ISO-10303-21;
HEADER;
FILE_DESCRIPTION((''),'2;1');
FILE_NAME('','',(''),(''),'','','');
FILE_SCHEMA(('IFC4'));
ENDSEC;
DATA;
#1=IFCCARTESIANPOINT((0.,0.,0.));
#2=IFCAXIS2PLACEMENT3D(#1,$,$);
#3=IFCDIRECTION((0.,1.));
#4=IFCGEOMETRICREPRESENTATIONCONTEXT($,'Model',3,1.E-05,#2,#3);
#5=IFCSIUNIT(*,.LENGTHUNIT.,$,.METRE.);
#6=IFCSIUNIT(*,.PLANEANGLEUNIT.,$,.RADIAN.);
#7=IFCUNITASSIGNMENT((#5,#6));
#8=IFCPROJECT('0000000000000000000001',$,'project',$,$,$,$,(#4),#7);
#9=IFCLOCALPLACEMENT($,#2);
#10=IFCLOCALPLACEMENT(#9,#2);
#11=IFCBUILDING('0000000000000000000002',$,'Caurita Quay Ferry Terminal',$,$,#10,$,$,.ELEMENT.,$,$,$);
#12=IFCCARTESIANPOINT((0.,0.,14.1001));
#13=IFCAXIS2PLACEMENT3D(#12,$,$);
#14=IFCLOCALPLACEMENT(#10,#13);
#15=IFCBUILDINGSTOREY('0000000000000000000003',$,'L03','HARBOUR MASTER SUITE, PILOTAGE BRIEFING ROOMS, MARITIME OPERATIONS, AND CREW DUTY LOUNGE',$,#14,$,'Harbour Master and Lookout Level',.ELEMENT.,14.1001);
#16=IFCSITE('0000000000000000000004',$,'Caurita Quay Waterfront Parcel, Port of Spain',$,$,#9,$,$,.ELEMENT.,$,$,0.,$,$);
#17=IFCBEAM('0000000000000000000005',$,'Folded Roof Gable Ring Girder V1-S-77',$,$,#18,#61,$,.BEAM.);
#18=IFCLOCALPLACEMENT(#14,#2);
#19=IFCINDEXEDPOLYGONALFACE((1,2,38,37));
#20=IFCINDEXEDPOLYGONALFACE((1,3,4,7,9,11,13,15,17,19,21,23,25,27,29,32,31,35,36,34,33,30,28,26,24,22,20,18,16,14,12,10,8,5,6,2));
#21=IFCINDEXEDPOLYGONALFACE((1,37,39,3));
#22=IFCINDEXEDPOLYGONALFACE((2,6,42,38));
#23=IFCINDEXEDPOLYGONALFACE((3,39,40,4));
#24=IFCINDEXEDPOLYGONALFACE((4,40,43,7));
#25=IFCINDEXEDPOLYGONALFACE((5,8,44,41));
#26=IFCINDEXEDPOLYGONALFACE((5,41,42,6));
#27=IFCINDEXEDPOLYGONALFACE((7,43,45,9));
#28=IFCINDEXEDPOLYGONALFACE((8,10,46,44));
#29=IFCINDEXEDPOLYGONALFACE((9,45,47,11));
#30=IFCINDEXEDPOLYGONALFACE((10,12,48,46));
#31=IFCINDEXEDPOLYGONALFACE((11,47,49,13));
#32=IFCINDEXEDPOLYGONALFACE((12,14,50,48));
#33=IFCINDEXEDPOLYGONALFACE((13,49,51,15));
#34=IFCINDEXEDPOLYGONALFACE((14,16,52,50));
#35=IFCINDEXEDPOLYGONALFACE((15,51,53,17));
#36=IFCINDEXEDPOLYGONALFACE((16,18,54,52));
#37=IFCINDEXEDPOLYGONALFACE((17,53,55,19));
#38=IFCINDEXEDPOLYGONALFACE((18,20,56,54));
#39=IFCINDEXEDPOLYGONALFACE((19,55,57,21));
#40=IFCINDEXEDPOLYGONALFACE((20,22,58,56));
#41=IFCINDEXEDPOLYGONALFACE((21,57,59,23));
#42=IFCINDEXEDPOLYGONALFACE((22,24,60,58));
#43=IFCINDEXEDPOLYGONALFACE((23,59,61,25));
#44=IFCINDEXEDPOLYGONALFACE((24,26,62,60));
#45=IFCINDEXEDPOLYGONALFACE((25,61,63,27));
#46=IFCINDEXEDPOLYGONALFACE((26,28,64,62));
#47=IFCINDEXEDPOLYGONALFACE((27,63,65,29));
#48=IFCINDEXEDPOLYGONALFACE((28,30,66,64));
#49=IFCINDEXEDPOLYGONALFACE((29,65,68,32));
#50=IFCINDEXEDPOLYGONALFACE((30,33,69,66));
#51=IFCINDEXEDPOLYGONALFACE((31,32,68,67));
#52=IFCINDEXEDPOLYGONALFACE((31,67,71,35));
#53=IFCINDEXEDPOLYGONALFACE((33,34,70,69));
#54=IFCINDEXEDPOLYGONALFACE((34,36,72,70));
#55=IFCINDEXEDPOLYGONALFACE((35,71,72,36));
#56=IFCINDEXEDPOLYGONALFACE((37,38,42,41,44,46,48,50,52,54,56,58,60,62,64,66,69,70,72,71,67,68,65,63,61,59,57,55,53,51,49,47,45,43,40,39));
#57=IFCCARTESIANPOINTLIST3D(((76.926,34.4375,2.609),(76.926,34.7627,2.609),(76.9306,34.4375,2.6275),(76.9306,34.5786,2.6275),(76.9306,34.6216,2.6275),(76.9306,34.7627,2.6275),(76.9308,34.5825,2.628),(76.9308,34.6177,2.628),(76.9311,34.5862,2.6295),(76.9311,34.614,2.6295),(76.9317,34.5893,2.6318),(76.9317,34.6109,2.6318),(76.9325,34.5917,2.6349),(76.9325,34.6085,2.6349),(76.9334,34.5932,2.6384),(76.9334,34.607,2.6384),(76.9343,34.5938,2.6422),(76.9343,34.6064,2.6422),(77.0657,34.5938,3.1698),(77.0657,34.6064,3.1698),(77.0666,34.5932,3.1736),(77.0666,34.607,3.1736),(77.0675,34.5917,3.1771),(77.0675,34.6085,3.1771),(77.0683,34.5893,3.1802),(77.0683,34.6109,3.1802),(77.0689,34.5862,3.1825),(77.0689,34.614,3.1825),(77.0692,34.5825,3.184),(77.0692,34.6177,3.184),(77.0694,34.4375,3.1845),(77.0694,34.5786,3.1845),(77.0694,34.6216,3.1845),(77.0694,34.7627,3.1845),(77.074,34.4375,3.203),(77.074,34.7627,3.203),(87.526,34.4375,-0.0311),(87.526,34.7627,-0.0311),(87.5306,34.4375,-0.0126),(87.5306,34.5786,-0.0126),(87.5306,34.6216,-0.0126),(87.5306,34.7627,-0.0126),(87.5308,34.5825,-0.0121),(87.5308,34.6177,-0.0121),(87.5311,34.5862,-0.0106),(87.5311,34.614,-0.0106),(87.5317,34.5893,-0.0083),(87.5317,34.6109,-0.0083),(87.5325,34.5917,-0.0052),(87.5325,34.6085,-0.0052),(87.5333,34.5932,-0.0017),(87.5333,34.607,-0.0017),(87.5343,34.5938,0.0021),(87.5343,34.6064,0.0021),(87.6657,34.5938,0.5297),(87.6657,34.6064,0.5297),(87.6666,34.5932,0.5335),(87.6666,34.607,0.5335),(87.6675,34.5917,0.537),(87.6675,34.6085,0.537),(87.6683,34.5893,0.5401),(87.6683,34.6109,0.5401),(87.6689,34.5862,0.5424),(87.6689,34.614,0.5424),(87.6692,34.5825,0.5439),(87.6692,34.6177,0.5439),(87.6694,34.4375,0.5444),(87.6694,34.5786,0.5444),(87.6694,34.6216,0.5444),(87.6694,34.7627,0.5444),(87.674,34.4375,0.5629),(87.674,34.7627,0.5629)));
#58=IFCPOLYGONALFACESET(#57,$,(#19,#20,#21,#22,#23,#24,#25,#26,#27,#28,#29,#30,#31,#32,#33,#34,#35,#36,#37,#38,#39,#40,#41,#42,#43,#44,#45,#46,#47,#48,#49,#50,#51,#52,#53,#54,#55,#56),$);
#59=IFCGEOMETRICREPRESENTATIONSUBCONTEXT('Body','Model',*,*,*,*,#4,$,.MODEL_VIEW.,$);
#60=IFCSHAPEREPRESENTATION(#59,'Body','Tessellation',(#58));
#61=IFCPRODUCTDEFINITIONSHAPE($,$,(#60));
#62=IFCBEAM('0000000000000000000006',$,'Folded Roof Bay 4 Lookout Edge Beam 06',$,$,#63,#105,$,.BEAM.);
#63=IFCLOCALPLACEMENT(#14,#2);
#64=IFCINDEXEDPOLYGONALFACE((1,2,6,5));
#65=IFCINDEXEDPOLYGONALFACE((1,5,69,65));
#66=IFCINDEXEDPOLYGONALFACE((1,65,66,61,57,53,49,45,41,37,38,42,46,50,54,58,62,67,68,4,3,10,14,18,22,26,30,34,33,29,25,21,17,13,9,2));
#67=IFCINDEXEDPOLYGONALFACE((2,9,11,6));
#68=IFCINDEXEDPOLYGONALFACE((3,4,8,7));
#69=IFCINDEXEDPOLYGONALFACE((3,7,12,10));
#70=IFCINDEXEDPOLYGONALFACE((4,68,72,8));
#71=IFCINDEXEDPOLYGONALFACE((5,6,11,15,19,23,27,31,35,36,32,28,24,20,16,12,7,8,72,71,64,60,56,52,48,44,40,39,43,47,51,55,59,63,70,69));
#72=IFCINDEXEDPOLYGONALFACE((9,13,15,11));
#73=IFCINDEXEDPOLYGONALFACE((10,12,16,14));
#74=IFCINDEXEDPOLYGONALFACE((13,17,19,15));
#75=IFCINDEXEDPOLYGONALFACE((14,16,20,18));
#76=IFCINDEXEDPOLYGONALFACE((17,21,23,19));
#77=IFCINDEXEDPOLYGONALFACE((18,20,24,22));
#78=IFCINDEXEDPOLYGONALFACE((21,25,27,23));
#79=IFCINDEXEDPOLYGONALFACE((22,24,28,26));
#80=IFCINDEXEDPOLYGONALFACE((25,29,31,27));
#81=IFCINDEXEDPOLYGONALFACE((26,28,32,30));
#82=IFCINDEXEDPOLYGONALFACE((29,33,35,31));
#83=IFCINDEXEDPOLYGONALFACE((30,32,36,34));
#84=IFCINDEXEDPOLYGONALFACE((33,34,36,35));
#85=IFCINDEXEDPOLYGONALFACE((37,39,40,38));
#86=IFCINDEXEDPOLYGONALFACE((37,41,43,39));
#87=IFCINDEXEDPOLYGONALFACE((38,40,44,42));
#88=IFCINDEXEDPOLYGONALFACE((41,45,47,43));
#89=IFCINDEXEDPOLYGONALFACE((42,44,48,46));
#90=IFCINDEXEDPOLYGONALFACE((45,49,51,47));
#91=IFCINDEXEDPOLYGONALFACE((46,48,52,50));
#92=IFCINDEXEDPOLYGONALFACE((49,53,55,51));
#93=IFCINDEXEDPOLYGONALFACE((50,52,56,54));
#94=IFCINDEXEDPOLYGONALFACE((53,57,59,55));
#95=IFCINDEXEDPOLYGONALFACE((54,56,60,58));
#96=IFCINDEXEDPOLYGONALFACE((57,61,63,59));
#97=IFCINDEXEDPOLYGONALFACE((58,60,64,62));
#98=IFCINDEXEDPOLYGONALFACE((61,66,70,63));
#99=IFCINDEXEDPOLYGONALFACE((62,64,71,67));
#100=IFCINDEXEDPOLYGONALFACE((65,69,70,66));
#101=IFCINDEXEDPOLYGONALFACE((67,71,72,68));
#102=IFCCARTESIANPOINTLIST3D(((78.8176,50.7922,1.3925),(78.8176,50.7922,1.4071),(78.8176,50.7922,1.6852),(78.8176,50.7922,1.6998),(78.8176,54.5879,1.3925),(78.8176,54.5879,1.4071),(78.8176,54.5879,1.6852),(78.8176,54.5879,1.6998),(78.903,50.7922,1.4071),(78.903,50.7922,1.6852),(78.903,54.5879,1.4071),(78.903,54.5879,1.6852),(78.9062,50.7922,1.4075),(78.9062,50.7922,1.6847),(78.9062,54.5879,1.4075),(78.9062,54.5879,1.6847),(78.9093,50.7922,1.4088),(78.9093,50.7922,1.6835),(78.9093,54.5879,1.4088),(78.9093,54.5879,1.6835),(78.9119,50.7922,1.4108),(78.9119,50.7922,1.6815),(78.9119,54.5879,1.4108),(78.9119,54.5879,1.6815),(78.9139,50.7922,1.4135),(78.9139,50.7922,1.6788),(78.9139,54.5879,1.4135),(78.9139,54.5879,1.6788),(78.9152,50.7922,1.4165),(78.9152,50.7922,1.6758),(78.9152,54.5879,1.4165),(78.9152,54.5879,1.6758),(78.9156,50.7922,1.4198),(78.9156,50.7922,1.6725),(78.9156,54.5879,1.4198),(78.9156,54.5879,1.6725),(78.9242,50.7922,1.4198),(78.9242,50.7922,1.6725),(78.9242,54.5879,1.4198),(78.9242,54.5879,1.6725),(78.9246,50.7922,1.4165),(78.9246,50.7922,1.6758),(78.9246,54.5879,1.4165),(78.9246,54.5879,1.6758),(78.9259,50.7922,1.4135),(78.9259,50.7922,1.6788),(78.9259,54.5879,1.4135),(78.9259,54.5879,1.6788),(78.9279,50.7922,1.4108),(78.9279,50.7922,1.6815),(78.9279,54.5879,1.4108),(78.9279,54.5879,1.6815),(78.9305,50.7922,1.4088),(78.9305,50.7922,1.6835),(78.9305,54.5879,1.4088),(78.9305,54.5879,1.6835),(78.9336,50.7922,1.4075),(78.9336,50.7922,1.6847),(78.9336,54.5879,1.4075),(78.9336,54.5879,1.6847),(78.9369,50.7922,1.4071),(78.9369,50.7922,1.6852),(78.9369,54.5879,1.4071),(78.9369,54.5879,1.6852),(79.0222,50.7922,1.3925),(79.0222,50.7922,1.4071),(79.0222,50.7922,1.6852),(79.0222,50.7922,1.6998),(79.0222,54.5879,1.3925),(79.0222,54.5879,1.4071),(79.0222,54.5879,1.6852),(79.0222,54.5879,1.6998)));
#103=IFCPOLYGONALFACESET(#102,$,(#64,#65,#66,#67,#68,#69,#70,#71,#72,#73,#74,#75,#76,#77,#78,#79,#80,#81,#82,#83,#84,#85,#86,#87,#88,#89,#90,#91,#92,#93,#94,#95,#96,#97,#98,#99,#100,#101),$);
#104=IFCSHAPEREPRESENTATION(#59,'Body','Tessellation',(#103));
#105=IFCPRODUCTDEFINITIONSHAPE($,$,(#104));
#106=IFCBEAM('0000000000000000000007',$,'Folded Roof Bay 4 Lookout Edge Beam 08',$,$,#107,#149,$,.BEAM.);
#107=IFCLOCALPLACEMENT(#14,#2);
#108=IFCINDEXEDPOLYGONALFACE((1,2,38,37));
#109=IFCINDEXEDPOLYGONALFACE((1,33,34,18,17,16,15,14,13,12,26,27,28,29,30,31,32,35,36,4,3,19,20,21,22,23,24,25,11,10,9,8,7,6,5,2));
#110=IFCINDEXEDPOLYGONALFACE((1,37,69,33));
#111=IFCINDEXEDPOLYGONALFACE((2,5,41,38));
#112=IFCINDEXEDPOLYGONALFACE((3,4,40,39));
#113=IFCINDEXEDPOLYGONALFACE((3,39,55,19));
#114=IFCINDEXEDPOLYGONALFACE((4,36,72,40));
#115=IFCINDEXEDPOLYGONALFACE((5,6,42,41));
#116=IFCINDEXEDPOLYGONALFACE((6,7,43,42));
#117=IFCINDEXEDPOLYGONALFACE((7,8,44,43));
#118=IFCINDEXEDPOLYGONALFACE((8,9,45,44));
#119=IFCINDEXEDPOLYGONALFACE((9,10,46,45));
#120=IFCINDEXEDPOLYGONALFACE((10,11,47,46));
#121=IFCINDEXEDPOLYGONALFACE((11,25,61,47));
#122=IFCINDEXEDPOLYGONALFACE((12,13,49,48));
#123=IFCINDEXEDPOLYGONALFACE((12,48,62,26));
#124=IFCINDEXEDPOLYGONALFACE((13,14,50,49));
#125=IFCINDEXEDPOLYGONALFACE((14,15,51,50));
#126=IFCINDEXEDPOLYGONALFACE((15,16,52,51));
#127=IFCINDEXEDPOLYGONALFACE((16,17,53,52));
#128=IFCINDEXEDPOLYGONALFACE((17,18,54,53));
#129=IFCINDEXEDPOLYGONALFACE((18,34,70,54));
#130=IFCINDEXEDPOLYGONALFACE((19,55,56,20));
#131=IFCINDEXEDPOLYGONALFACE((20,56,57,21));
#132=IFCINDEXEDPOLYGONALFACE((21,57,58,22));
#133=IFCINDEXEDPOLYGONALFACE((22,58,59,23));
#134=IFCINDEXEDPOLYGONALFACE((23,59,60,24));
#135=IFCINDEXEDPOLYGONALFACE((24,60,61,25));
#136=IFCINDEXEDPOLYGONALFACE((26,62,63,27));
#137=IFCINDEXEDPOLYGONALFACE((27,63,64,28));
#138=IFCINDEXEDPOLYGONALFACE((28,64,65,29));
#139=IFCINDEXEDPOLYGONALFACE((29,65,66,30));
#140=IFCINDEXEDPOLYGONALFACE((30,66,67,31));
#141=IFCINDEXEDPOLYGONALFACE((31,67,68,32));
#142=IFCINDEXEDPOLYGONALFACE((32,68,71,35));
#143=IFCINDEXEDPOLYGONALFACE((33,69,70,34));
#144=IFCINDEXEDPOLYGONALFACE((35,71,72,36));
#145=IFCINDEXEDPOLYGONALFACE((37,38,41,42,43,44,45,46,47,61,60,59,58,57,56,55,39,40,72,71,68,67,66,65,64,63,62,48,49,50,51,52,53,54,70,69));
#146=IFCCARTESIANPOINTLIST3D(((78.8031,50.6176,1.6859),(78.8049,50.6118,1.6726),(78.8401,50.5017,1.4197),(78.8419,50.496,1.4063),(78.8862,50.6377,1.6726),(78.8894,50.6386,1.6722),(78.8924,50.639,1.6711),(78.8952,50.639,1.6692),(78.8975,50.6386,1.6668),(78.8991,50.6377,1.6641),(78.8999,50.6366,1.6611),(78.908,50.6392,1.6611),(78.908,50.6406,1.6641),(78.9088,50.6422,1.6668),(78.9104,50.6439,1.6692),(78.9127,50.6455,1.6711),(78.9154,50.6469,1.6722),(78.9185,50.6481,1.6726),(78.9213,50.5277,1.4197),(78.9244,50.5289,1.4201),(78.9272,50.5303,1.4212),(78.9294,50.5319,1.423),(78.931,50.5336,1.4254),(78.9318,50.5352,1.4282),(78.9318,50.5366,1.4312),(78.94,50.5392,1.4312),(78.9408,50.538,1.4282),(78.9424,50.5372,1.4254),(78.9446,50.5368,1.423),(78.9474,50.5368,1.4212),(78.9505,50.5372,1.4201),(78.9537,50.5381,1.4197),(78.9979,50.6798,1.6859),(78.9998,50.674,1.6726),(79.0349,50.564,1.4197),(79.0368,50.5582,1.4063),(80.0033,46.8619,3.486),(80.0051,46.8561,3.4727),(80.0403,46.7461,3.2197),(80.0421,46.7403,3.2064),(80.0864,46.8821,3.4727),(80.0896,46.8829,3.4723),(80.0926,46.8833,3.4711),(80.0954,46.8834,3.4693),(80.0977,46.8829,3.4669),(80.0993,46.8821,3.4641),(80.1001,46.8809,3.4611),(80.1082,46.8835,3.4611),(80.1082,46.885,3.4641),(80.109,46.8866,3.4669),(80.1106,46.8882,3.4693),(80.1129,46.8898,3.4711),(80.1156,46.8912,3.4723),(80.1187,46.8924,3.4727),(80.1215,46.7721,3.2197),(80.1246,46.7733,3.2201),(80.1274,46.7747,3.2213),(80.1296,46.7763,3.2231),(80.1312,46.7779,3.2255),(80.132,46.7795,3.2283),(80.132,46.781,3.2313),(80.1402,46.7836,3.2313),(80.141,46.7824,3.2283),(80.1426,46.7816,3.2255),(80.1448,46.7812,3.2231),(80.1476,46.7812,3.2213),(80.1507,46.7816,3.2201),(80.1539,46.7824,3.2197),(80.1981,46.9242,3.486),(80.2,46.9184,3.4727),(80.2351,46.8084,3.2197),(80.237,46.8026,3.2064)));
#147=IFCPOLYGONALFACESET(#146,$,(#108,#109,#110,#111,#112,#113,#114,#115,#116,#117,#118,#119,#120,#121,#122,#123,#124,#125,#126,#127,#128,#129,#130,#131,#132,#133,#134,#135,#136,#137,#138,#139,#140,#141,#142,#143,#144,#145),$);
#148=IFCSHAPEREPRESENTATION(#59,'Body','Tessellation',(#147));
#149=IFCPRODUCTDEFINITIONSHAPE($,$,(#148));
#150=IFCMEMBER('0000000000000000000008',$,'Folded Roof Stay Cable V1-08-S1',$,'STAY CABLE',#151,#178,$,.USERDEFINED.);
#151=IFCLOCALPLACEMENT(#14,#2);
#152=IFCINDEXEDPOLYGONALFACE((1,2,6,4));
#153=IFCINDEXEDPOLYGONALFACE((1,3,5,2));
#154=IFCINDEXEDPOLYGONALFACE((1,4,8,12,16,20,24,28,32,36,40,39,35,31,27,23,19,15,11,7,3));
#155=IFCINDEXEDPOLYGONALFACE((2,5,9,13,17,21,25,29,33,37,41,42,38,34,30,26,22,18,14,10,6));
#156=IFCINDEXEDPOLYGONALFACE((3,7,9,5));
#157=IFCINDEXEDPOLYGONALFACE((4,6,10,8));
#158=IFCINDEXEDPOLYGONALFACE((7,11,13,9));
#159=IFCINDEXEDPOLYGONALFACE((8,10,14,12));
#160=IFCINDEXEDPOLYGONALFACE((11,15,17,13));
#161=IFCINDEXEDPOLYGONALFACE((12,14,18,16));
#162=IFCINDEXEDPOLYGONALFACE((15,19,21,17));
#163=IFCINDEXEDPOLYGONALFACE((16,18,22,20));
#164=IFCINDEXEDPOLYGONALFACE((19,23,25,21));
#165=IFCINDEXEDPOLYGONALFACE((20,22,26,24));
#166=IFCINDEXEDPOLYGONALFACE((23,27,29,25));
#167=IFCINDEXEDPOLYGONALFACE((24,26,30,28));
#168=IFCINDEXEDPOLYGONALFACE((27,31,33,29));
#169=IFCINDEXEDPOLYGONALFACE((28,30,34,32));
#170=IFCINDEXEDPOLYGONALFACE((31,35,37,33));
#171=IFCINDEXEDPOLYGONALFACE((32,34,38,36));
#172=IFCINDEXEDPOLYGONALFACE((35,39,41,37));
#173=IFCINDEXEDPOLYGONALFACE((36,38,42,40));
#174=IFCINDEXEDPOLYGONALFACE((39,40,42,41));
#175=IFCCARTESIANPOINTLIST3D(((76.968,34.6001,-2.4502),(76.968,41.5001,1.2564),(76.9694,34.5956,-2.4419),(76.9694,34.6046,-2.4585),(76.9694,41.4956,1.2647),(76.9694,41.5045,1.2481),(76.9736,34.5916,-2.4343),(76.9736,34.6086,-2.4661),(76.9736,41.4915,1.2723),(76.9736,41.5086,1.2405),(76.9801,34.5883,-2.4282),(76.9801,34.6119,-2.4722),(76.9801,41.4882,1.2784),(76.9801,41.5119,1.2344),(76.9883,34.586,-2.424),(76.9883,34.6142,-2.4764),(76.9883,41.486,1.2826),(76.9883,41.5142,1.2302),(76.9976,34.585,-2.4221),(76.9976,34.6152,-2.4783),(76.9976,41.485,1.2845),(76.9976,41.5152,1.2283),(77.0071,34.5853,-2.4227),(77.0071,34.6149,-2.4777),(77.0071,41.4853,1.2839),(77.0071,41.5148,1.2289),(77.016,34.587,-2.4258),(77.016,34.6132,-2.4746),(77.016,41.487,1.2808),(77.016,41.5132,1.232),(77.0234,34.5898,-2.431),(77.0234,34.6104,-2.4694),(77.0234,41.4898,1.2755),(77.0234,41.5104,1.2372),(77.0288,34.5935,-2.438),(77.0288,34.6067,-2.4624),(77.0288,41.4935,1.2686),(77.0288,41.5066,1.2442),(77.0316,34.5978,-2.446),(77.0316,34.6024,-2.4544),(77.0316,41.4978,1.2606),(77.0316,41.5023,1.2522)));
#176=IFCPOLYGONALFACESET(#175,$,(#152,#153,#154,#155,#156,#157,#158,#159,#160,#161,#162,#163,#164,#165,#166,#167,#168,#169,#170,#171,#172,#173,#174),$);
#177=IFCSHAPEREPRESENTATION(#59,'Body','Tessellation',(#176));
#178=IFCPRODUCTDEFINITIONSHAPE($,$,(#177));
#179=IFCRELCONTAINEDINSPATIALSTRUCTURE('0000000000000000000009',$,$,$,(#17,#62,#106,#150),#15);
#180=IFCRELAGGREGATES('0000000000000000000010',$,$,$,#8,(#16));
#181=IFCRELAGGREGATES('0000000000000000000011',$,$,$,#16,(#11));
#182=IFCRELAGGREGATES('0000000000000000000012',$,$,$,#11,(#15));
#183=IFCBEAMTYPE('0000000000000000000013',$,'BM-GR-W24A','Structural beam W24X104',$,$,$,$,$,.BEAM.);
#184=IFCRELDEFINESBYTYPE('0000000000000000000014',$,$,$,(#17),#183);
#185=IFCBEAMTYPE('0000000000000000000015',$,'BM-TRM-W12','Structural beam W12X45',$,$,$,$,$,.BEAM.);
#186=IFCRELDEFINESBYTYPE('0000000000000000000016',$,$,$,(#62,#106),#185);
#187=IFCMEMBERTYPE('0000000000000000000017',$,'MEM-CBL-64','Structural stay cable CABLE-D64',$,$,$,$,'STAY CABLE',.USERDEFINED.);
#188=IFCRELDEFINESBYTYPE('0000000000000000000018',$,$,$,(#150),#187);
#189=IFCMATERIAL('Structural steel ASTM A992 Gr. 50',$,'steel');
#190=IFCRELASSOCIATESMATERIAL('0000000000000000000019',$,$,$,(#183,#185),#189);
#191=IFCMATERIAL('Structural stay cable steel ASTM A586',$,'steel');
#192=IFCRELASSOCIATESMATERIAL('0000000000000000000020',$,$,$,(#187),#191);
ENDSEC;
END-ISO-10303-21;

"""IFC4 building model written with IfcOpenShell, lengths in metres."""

from ifc_helpers import new_model, si_unit, direction, frame, origin, origin_2d, place, context, subcontext, project, spatial, circle, i_section, extrude, material, material_profile, profile_set, type_object, element, save


model = new_model("IFC4")

# Units and contexts
model_context = context("Model", 3, precision=1e-05, world=origin(), true_north=direction((0.0, 1.0)))
body_context = subcontext(model_context, "Body", "Model", "MODEL_VIEW")
ifc_project = project(units=[si_unit("LENGTHUNIT", "METRE"), si_unit("PLANEANGLEUNIT", "RADIAN")], contexts=[model_context])

# Site, building, storey
site_placement = place(None, origin())
site = spatial("IfcSite", under=ifc_project, at=site_placement, Name="Caurita Quay Waterfront Parcel, Port of Spain", CompositionType="ELEMENT", RefElevation=0.0)
building_placement = place(site_placement, origin())
building = spatial("IfcBuilding", under=site, at=building_placement, Name="Caurita Quay Ferry Terminal", CompositionType="ELEMENT")
storey_placement = place(building_placement, frame((0.0, 0.0, 14.1001)))
storey = spatial("IfcBuildingStorey", under=building, at=storey_placement, Name="L03", Description="HARBOUR MASTER SUITE, PILOTAGE BRIEFING ROOMS, MARITIME OPERATIONS, AND CREW DUTY LOUNGE", LongName="Harbour Master and Lookout Level", CompositionType="ELEMENT", Elevation=14.1001)

# Beams
ifc_material_1 = material(Name="Structural steel ASTM A992 Gr. 50", Category="steel")
ifc_material_profile_1 = material_profile(ifc_material_1, i_section(OverallWidth=0.3252, OverallDepth=0.6121, WebThickness=0.0127, FlangeThickness=0.019, FilletRadius=0.0151, at=origin_2d()), Name="W24X104")
ifc_profile_set_1 = profile_set([ifc_material_profile_1], Name="Structural steel ASTM A992 Gr. 50")
beam_type_1 = type_object("IfcBeamType", Name="BM-GR-W24A", Description="Structural beam W24X104", PredefinedType="BEAM", material=ifc_profile_set_1)
beam_1_placement = place(storey_placement, frame((77.0, 34.6001, 2.906), z_axis=(0.970355, 0.0, -0.241684), x_axis=(0.0, 1.0, 0.0)))
element("IfcBeam", 1, at=beam_1_placement, inside=storey, type_object=beam_type_1, Name="Folded Roof Gable Ring Girder V1-S-77", PredefinedType="BEAM", context=body_context, shape_type="SweptSolid", body=[
    extrude(i_section(OverallWidth=0.3252, OverallDepth=0.6121, WebThickness=0.0127, FlangeThickness=0.019, FilletRadius=0.0151, at=origin_2d()), origin(), (0.0, 0.0, 1.0), 10.9238),
])
ifc_material_profile_2 = material_profile(ifc_material_1, i_section(OverallWidth=0.2046, OverallDepth=0.3074, WebThickness=0.0085, FlangeThickness=0.0146, FilletRadius=0.0127, at=origin_2d()), Name="W12X45")
ifc_profile_set_2 = profile_set([ifc_material_profile_2], Name="Structural steel ASTM A992 Gr. 50")
beam_type_2 = type_object("IfcBeamType", Name="BM-TRM-W12", Description="Structural beam W12X45", PredefinedType="BEAM", material=ifc_profile_set_2)
beam_2_placement = place(storey_placement, frame((78.9199, 54.5879, 1.5461), z_axis=(0.0, -1.0, 0.0), x_axis=(1.0, 0.0, 0.0)))
element("IfcBeam", 2, at=beam_2_placement, inside=storey, type_object=beam_type_2, Name="Folded Roof Bay 4 Lookout Edge Beam 06", PredefinedType="BEAM", context=body_context, shape_type="SweptSolid", body=[
    extrude(i_section(OverallWidth=0.2046, OverallDepth=0.3074, WebThickness=0.0085, FlangeThickness=0.0146, FilletRadius=0.0127, at=origin_2d()), origin(), (0.0, 0.0, 1.0), 3.7957),
])
beam_3_placement = place(storey_placement, frame((78.9199, 50.5879, 1.5461), z_axis=(0.276913, -0.866507, 0.415313), x_axis=(0.952542, 0.304407, 0.0)))
element("IfcBeam", 3, at=beam_3_placement, inside=storey, type_object=beam_type_2, Name="Folded Roof Bay 4 Lookout Edge Beam 08", PredefinedType="BEAM", context=body_context, shape_type="SweptSolid", body=[
    extrude(i_section(OverallWidth=0.2046, OverallDepth=0.3074, WebThickness=0.0085, FlangeThickness=0.0146, FilletRadius=0.0127, at=origin_2d()), origin(), (0.0, 0.0, 1.0), 4.3342),
])

# Member
ifc_material_2 = material(Name="Structural stay cable steel ASTM A586", Category="steel")
ifc_material_profile_3 = material_profile(ifc_material_2, circle(Radius=0.032, at=origin_2d()), Name="CABLE-D64")
ifc_profile_set_3 = profile_set([ifc_material_profile_3], Name="Structural stay cable steel ASTM A586")
member_type_1 = type_object("IfcMemberType", Name="MEM-CBL-64", Description="Structural stay cable CABLE-D64", ElementType="STAY CABLE", PredefinedType="USERDEFINED", material=ifc_profile_set_3)
member_1_placement = place(storey_placement, frame((77.0, 34.6001, -2.4502), z_axis=(0.0, 0.880939, 0.47323), x_axis=(-1.0, 0.0, 0.0)))
element("IfcMember", 4, at=member_1_placement, inside=storey, type_object=member_type_1, Name="Folded Roof Stay Cable V1-08-S1", ObjectType="STAY CABLE", PredefinedType="USERDEFINED", context=body_context, shape_type="SweptSolid", body=[
    extrude(circle(Radius=0.032, at=origin_2d()), origin(), (0.0, 0.0, 1.0), 7.8325),
])

save(model, "model.ifc")
